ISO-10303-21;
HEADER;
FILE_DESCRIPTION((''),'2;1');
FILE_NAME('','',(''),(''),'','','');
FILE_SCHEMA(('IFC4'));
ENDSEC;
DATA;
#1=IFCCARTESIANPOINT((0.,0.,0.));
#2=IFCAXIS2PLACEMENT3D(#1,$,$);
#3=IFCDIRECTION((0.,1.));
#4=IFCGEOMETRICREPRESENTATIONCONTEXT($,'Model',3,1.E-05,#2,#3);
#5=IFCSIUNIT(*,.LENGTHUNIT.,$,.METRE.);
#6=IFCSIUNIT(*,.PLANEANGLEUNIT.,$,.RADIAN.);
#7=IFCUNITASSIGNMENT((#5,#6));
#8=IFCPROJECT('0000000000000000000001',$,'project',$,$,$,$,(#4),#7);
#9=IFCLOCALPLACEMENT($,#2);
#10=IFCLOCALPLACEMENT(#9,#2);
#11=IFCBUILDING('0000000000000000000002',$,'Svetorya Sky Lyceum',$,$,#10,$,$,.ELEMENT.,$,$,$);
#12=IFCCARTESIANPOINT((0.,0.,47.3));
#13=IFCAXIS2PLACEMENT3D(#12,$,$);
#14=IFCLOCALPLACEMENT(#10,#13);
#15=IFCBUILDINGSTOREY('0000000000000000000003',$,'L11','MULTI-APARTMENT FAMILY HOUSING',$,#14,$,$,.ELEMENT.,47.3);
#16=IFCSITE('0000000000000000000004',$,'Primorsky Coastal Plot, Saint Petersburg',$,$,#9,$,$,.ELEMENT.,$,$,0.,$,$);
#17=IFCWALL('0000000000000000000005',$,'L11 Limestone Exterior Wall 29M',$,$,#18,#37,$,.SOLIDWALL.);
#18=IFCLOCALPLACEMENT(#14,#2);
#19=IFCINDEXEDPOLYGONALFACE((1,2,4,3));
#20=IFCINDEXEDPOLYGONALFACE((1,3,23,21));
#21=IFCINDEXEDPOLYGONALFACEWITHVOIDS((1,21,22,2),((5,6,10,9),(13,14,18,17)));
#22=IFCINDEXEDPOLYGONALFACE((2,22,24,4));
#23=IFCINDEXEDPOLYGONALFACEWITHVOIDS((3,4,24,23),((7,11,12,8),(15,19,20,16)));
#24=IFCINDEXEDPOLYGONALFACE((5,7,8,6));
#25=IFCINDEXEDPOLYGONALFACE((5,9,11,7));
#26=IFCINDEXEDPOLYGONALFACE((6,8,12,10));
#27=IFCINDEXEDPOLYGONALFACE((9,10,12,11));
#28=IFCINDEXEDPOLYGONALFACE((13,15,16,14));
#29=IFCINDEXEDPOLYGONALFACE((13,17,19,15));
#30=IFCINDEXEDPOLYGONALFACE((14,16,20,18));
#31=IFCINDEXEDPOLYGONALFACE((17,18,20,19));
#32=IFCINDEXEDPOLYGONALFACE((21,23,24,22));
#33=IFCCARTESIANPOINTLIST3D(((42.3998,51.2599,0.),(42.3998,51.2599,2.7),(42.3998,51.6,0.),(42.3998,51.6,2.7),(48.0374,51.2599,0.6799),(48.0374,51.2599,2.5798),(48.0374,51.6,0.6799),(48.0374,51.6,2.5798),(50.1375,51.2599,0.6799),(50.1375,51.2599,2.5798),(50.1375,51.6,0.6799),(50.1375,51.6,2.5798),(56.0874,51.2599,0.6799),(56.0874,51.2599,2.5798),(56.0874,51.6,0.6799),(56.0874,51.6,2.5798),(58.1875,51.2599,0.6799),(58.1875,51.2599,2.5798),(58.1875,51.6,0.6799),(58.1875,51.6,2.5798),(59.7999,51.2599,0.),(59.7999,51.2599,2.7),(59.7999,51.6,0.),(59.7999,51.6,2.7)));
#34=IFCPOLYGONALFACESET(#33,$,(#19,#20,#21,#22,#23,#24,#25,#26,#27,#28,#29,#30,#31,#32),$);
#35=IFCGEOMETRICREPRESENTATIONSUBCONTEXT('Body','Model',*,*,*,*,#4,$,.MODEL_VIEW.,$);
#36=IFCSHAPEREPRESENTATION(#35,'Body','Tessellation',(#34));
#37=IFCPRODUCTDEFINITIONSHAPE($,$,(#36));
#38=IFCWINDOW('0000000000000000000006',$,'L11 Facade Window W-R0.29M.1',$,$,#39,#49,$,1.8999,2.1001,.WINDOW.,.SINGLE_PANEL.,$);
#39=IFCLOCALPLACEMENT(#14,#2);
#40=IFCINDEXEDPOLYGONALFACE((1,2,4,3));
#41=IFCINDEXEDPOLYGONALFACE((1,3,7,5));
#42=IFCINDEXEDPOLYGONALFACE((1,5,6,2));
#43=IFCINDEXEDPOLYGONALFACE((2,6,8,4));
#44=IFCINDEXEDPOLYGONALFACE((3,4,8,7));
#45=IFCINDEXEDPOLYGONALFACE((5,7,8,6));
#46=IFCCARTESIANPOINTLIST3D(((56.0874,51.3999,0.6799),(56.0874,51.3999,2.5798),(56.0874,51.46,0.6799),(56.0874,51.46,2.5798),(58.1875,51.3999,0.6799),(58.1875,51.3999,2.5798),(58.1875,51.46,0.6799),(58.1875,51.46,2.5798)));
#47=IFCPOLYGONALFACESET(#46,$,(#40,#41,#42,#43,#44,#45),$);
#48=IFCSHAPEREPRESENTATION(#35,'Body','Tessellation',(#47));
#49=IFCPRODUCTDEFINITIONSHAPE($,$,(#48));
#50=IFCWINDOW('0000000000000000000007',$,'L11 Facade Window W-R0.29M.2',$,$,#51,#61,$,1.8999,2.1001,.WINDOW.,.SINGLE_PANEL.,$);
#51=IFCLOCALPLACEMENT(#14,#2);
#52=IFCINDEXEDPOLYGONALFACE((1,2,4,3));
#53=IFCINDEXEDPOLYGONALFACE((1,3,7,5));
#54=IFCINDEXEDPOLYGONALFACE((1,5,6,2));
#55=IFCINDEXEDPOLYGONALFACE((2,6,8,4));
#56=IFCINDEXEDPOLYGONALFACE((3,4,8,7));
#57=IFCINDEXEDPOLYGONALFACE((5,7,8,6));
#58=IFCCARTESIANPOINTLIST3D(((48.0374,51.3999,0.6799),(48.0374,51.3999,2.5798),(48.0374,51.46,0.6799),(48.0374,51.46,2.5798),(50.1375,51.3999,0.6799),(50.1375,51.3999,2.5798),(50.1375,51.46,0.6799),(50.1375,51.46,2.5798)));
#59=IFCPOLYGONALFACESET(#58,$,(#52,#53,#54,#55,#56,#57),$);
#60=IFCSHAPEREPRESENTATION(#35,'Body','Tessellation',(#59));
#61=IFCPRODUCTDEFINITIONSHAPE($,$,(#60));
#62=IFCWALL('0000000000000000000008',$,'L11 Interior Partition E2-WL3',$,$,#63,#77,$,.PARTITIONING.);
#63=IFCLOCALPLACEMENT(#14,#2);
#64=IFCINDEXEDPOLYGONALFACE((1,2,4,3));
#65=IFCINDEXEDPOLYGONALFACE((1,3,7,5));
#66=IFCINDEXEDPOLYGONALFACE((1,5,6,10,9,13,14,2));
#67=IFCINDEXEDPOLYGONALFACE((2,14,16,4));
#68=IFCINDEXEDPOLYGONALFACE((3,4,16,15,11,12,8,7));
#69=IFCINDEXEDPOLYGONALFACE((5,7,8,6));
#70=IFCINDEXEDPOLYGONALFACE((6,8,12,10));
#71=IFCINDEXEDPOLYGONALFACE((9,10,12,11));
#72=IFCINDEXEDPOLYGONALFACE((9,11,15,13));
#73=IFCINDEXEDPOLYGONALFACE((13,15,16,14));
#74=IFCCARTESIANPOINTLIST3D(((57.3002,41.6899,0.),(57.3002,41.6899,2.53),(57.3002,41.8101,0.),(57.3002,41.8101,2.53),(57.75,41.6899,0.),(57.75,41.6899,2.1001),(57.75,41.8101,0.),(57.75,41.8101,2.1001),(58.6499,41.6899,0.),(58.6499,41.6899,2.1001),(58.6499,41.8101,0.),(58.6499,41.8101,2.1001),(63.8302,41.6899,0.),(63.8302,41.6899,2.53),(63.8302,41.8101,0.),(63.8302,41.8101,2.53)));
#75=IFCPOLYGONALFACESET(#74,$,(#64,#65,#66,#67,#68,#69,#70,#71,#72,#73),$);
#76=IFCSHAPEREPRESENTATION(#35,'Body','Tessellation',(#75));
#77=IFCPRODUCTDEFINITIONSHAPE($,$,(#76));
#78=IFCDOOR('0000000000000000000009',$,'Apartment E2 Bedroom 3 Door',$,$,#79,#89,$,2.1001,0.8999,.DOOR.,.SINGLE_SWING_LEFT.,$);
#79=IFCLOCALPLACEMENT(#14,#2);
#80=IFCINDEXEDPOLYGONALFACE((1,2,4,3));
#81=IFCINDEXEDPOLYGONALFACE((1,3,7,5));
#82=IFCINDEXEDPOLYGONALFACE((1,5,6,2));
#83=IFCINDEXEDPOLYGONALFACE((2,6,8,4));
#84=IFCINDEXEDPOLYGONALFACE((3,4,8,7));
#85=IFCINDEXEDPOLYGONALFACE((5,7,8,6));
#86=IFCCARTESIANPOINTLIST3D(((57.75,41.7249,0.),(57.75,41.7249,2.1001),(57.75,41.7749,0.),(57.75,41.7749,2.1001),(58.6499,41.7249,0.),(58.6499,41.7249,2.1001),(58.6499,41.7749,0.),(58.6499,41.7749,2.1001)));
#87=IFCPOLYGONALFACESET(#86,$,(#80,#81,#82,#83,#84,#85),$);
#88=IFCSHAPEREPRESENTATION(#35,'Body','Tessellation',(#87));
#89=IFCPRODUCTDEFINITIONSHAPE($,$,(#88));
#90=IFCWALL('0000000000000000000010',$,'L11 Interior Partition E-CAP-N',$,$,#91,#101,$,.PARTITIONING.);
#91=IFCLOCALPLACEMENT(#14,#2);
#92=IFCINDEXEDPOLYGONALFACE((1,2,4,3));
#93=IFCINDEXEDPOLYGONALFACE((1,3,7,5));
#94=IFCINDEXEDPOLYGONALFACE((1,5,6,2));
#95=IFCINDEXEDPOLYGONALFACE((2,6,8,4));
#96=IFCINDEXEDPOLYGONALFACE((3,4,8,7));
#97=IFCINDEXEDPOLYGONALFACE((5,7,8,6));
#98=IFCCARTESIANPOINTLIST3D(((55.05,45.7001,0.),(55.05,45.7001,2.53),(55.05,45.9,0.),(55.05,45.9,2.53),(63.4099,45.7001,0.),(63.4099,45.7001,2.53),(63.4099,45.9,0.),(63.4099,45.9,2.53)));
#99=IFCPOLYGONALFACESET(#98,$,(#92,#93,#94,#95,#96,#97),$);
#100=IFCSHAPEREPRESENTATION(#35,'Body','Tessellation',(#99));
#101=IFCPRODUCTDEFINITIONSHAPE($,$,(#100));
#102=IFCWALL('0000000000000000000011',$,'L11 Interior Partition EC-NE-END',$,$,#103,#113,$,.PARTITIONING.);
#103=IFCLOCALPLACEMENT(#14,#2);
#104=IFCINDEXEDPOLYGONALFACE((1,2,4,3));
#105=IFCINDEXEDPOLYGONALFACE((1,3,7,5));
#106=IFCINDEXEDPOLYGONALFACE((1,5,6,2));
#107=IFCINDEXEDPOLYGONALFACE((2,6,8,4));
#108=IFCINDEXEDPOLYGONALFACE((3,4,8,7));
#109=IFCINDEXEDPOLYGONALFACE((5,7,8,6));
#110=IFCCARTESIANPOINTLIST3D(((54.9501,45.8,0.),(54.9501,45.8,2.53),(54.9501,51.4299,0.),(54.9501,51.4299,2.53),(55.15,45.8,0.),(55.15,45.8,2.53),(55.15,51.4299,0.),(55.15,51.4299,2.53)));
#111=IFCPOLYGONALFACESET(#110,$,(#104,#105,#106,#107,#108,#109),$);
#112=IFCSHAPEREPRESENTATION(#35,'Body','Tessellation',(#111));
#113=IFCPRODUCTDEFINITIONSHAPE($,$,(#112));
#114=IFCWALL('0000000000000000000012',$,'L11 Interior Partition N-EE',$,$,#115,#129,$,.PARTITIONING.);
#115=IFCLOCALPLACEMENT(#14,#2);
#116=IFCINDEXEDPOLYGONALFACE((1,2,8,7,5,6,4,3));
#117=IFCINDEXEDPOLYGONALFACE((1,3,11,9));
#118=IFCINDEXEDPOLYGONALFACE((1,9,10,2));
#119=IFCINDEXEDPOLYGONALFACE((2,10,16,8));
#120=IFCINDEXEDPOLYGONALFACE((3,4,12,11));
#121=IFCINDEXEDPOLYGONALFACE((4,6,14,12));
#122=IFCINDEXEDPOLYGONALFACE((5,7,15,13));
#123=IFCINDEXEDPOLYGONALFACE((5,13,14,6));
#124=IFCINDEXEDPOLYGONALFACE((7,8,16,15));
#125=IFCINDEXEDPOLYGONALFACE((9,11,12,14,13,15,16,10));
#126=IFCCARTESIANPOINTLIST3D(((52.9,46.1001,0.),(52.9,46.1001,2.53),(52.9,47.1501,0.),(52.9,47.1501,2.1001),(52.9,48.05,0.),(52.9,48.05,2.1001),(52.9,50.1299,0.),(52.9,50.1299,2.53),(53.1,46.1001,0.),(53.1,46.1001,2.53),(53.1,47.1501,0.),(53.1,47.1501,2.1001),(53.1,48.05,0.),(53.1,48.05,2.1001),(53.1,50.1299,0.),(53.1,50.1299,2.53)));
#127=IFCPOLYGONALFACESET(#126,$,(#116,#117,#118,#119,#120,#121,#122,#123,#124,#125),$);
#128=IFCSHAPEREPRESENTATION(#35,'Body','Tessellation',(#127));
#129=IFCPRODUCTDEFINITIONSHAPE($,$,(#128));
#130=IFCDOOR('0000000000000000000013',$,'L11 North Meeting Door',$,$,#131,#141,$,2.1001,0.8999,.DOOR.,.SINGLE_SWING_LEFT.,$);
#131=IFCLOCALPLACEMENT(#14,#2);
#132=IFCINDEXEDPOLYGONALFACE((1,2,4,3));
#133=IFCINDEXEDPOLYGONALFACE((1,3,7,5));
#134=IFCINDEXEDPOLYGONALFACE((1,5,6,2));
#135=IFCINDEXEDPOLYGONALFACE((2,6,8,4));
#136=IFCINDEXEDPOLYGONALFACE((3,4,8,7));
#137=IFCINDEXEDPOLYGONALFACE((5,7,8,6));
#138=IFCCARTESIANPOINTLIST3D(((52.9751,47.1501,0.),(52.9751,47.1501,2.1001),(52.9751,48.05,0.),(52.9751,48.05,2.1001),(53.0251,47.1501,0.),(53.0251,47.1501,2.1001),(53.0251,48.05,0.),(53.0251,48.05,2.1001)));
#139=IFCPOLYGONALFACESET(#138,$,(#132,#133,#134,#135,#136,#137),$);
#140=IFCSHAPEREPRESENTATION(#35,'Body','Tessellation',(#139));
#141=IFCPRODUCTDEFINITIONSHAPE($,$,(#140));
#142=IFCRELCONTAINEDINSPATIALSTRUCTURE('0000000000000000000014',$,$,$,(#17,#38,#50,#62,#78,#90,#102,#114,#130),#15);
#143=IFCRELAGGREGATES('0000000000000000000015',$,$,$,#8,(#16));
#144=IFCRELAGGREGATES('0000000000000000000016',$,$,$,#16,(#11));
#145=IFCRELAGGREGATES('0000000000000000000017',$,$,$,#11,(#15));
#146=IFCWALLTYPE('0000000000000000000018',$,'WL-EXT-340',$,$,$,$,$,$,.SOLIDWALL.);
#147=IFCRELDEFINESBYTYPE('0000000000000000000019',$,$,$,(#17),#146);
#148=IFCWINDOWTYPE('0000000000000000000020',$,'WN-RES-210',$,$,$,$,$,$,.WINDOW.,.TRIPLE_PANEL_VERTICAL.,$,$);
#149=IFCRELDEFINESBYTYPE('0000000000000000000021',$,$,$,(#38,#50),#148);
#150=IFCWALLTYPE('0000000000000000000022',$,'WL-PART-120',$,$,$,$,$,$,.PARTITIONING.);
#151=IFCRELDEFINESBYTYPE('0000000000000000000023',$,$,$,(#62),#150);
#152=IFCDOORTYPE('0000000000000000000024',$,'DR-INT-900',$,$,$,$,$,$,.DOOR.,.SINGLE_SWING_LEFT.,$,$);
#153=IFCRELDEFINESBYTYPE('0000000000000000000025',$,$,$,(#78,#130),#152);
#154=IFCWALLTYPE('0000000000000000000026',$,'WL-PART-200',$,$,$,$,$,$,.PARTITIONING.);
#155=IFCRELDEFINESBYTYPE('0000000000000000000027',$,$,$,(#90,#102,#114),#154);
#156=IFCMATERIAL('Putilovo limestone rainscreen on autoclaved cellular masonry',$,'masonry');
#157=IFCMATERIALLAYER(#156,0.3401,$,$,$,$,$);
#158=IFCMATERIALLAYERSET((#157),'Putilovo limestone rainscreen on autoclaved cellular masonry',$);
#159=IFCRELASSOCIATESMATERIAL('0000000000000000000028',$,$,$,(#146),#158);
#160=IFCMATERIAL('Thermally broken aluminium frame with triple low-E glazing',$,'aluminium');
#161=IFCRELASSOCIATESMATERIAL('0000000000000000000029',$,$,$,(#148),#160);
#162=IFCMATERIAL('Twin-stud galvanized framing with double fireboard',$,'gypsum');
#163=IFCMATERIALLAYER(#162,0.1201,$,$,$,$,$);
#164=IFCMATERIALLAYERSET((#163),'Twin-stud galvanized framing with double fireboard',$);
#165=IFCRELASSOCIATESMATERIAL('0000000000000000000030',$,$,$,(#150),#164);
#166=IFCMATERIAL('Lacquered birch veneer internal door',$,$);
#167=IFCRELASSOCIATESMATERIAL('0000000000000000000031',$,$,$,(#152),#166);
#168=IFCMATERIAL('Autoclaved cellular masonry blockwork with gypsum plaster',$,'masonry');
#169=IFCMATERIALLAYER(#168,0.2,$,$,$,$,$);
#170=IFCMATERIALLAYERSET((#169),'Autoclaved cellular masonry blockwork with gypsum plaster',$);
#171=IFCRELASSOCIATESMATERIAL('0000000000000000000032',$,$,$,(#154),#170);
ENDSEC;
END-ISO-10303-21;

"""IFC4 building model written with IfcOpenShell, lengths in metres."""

from ifc_helpers import new_model, si_unit, direction, frame, frame_2d, origin, place, context, subcontext, project, spatial, rectangle, extrude, material, layer, layer_set, type_object, element, fill, save


model = new_model("IFC4")

# Units and contexts
model_context = context("Model", 3, precision=1e-05, world=origin(), true_north=direction((0.0, 1.0)))
body_context = subcontext(model_context, "Body", "Model", "MODEL_VIEW")
ifc_project = project(units=[si_unit("LENGTHUNIT", "METRE"), si_unit("PLANEANGLEUNIT", "RADIAN")], contexts=[model_context])

# Site, building, storey
site_placement = place(None, origin())
site = spatial("IfcSite", under=ifc_project, at=site_placement, Name="Primorsky Coastal Plot, Saint Petersburg", CompositionType="ELEMENT", RefElevation=0.0)
building_placement = place(site_placement, origin())
building = spatial("IfcBuilding", under=site, at=building_placement, Name="Svetorya Sky Lyceum", CompositionType="ELEMENT")
storey_placement = place(building_placement, frame((0.0, 0.0, 47.3)))
storey = spatial("IfcBuildingStorey", under=building, at=storey_placement, Name="L11", Description="MULTI-APARTMENT FAMILY HOUSING", CompositionType="ELEMENT", Elevation=47.3)

# Shared definitions
ifc_material_1 = material(Name="Putilovo limestone rainscreen on autoclaved cellular masonry", Category="masonry")
ifc_layer_1 = layer(ifc_material_1, 0.3401)
ifc_layer_set_1 = layer_set([ifc_layer_1], Name="Putilovo limestone rainscreen on autoclaved cellular masonry")
wall_type_1 = type_object("IfcWallType", Name="WL-EXT-340", PredefinedType="SOLIDWALL", material=ifc_layer_set_1)

# Wall, openings, windows
wall_1_placement = place(storey_placement, frame((59.8, 51.4299, 0.0), z_axis=(0.0, 0.0, 1.0), x_axis=(-1.0, 0.0, 0.0)))
wall_1 = element("IfcWall", 1, at=wall_1_placement, inside=storey, type_object=wall_type_1, Name="L11 Limestone Exterior Wall 29M", PredefinedType="SOLIDWALL", context=body_context, shape_type="SweptSolid", body=[
    extrude(rectangle(XDim=17.4001, YDim=0.3401, at=frame_2d((8.7002, 0.0))), origin(), (0.0, 0.0, 1.0), 2.7),
])
opening_1_placement = place(wall_1_placement, frame((1.6125, 0.0, 0.6799)))
opening_1 = element("IfcOpeningElement", 2, at=opening_1_placement, cuts=wall_1, PredefinedType="OPENING", context=body_context, shape_type="SweptSolid", body=[
    extrude(rectangle(XDim=2.1001, YDim=1.8999, at=frame_2d((1.05, 0.95))), frame((0.0, 0.1799, 0.0), z_axis=(0.0, -1.0, 0.0), x_axis=(1.0, 0.0, 0.0)), (0.0, 0.0, 1.0), 0.3601),
])
opening_2_placement = place(wall_1_placement, frame((9.6626, 0.0, 0.6799)))
opening_2 = element("IfcOpeningElement", 3, at=opening_2_placement, cuts=wall_1, PredefinedType="OPENING", context=body_context, shape_type="SweptSolid", body=[
    extrude(rectangle(XDim=2.1001, YDim=1.8999, at=frame_2d((1.05, 0.95))), frame((0.0, 0.1799, 0.0), z_axis=(0.0, -1.0, 0.0), x_axis=(1.0, 0.0, 0.0)), (0.0, 0.0, 1.0), 0.3601),
])
ifc_material_2 = material(Name="Thermally broken aluminium frame with triple low-E glazing", Category="aluminium")
window_type = type_object("IfcWindowType", Name="WN-RES-210", PartitioningType="TRIPLE_PANEL_VERTICAL", PredefinedType="WINDOW", material=ifc_material_2)
window_1_placement = place(opening_1_placement, origin())
window_1 = element("IfcWindow", 4, at=window_1_placement, inside=storey, type_object=window_type, Name="L11 Facade Window W-R0.29M.1", OverallHeight=1.8999, OverallWidth=2.1001, PartitioningType="SINGLE_PANEL", PredefinedType="WINDOW", context=body_context, shape_type="SweptSolid", body=[
    extrude(rectangle(XDim=2.1001, YDim=1.8999, at=frame_2d((1.05, 0.95))), frame((0.0, 0.03, 0.0), z_axis=(0.0, -1.0, 0.0), x_axis=(1.0, 0.0, 0.0)), (0.0, 0.0, 1.0), 0.0601),
])
fill(opening_1, window_1)
window_2_placement = place(opening_2_placement, origin())
window_2 = element("IfcWindow", 5, at=window_2_placement, inside=storey, type_object=window_type, Name="L11 Facade Window W-R0.29M.2", OverallHeight=1.8999, OverallWidth=2.1001, PartitioningType="SINGLE_PANEL", PredefinedType="WINDOW", context=body_context, shape_type="SweptSolid", body=[
    extrude(rectangle(XDim=2.1001, YDim=1.8999, at=frame_2d((1.05, 0.95))), frame((0.0, 0.03, 0.0), z_axis=(0.0, -1.0, 0.0), x_axis=(1.0, 0.0, 0.0)), (0.0, 0.0, 1.0), 0.0601),
])
fill(opening_2, window_2)

# Wall, opening, door
ifc_material_3 = material(Name="Twin-stud galvanized framing with double fireboard", Category="gypsum")
ifc_layer_2 = layer(ifc_material_3, 0.1201)
ifc_layer_set_2 = layer_set([ifc_layer_2], Name="Twin-stud galvanized framing with double fireboard")
wall_type_2 = type_object("IfcWallType", Name="WL-PART-120", PredefinedType="PARTITIONING", material=ifc_layer_set_2)
wall_2_placement = place(storey_placement, frame((57.3, 41.75, 0.0), z_axis=(0.0, 0.0, 1.0), x_axis=(1.0, 0.0, 0.0)))
wall_2 = element("IfcWall", 6, at=wall_2_placement, inside=storey, type_object=wall_type_2, Name="L11 Interior Partition E2-WL3", PredefinedType="PARTITIONING", context=body_context, shape_type="SweptSolid", body=[
    extrude(rectangle(XDim=6.53, YDim=0.1201, at=frame_2d((3.2651, 0.0))), origin(), (0.0, 0.0, 1.0), 2.53),
])
opening_3_placement = place(wall_2_placement, frame((0.45, 0.0, 0.0)))
opening_3 = element("IfcOpeningElement", 7, at=opening_3_placement, cuts=wall_2, PredefinedType="OPENING", context=body_context, shape_type="SweptSolid", body=[
    extrude(rectangle(XDim=0.8999, YDim=2.1001, at=frame_2d((0.45, 1.05))), frame((0.0, 0.0701, 0.0), z_axis=(0.0, -1.0, 0.0), x_axis=(1.0, 0.0, 0.0)), (0.0, 0.0, 1.0), 0.1401),
])
ifc_material_4 = material(Name="Lacquered birch veneer internal door")
door_type = type_object("IfcDoorType", Name="DR-INT-900", OperationType="SINGLE_SWING_LEFT", PredefinedType="DOOR", material=ifc_material_4)
door_1_placement = place(opening_3_placement, origin())
door_1 = element("IfcDoor", 8, at=door_1_placement, inside=storey, type_object=door_type, Name="Apartment E2 Bedroom 3 Door", OperationType="SINGLE_SWING_LEFT", OverallHeight=2.1001, OverallWidth=0.8999, PredefinedType="DOOR", context=body_context, shape_type="SweptSolid", body=[
    extrude(rectangle(XDim=0.8999, YDim=2.1001, at=frame_2d((0.45, 1.05))), frame((0.0, 0.0249, 0.0), z_axis=(0.0, -1.0, 0.0), x_axis=(1.0, 0.0, 0.0)), (0.0, 0.0, 1.0), 0.05),
])
fill(opening_3, door_1)

# Walls
ifc_material_5 = material(Name="Autoclaved cellular masonry blockwork with gypsum plaster", Category="masonry")
ifc_layer_3 = layer(ifc_material_5, 0.2)
ifc_layer_set_3 = layer_set([ifc_layer_3], Name="Autoclaved cellular masonry blockwork with gypsum plaster")
wall_type_3 = type_object("IfcWallType", Name="WL-PART-200", PredefinedType="PARTITIONING", material=ifc_layer_set_3)
wall_3_placement = place(storey_placement, frame((55.05, 45.8, 0.0), z_axis=(0.0, 0.0, 1.0), x_axis=(1.0, 0.0, 0.0)))
element("IfcWall", 9, at=wall_3_placement, inside=storey, type_object=wall_type_3, Name="L11 Interior Partition E-CAP-N", PredefinedType="PARTITIONING", context=body_context, shape_type="SweptSolid", body=[
    extrude(rectangle(XDim=8.3599, YDim=0.2, at=frame_2d((4.1799, 0.0))), origin(), (0.0, 0.0, 1.0), 2.53),
])
wall_4_placement = place(storey_placement, frame((55.05, 45.8, 0.0), z_axis=(0.0, 0.0, 1.0), x_axis=(0.0, 1.0, 0.0)))
element("IfcWall", 10, at=wall_4_placement, inside=storey, type_object=wall_type_3, Name="L11 Interior Partition EC-NE-END", PredefinedType="PARTITIONING", context=body_context, shape_type="SweptSolid", body=[
    extrude(rectangle(XDim=5.6299, YDim=0.2, at=frame_2d((2.8149, 0.0))), origin(), (0.0, 0.0, 1.0), 2.53),
])

# Wall, opening, door
wall_5_placement = place(storey_placement, frame((53.0, 46.1001, 0.0), z_axis=(0.0, 0.0, 1.0), x_axis=(0.0, 1.0, 0.0)))
wall_5 = element("IfcWall", 11, at=wall_5_placement, inside=storey, type_object=wall_type_3, Name="L11 Interior Partition N-EE", PredefinedType="PARTITIONING", context=body_context, shape_type="SweptSolid", body=[
    extrude(rectangle(XDim=4.0298, YDim=0.2, at=frame_2d((2.0149, 0.0))), origin(), (0.0, 0.0, 1.0), 2.53),
])
opening_4_placement = place(wall_5_placement, frame((1.05, 0.0, 0.0)))
opening_4 = element("IfcOpeningElement", 12, at=opening_4_placement, cuts=wall_5, PredefinedType="OPENING", context=body_context, shape_type="SweptSolid", body=[
    extrude(rectangle(XDim=0.8999, YDim=2.1001, at=frame_2d((0.45, 1.05))), frame((0.0, 0.1099, 0.0), z_axis=(0.0, -1.0, 0.0), x_axis=(1.0, 0.0, 0.0)), (0.0, 0.0, 1.0), 0.22),
])
door_2_placement = place(opening_4_placement, origin())
door_2 = element("IfcDoor", 13, at=door_2_placement, inside=storey, type_object=door_type, Name="L11 North Meeting Door", OperationType="SINGLE_SWING_LEFT", OverallHeight=2.1001, OverallWidth=0.8999, PredefinedType="DOOR", context=body_context, shape_type="SweptSolid", body=[
    extrude(rectangle(XDim=0.8999, YDim=2.1001, at=frame_2d((0.45, 1.05))), frame((0.0, 0.0249, 0.0), z_axis=(0.0, -1.0, 0.0), x_axis=(1.0, 0.0, 0.0)), (0.0, 0.0, 1.0), 0.05),
])
fill(opening_4, door_2)

save(model, "model.ifc")
